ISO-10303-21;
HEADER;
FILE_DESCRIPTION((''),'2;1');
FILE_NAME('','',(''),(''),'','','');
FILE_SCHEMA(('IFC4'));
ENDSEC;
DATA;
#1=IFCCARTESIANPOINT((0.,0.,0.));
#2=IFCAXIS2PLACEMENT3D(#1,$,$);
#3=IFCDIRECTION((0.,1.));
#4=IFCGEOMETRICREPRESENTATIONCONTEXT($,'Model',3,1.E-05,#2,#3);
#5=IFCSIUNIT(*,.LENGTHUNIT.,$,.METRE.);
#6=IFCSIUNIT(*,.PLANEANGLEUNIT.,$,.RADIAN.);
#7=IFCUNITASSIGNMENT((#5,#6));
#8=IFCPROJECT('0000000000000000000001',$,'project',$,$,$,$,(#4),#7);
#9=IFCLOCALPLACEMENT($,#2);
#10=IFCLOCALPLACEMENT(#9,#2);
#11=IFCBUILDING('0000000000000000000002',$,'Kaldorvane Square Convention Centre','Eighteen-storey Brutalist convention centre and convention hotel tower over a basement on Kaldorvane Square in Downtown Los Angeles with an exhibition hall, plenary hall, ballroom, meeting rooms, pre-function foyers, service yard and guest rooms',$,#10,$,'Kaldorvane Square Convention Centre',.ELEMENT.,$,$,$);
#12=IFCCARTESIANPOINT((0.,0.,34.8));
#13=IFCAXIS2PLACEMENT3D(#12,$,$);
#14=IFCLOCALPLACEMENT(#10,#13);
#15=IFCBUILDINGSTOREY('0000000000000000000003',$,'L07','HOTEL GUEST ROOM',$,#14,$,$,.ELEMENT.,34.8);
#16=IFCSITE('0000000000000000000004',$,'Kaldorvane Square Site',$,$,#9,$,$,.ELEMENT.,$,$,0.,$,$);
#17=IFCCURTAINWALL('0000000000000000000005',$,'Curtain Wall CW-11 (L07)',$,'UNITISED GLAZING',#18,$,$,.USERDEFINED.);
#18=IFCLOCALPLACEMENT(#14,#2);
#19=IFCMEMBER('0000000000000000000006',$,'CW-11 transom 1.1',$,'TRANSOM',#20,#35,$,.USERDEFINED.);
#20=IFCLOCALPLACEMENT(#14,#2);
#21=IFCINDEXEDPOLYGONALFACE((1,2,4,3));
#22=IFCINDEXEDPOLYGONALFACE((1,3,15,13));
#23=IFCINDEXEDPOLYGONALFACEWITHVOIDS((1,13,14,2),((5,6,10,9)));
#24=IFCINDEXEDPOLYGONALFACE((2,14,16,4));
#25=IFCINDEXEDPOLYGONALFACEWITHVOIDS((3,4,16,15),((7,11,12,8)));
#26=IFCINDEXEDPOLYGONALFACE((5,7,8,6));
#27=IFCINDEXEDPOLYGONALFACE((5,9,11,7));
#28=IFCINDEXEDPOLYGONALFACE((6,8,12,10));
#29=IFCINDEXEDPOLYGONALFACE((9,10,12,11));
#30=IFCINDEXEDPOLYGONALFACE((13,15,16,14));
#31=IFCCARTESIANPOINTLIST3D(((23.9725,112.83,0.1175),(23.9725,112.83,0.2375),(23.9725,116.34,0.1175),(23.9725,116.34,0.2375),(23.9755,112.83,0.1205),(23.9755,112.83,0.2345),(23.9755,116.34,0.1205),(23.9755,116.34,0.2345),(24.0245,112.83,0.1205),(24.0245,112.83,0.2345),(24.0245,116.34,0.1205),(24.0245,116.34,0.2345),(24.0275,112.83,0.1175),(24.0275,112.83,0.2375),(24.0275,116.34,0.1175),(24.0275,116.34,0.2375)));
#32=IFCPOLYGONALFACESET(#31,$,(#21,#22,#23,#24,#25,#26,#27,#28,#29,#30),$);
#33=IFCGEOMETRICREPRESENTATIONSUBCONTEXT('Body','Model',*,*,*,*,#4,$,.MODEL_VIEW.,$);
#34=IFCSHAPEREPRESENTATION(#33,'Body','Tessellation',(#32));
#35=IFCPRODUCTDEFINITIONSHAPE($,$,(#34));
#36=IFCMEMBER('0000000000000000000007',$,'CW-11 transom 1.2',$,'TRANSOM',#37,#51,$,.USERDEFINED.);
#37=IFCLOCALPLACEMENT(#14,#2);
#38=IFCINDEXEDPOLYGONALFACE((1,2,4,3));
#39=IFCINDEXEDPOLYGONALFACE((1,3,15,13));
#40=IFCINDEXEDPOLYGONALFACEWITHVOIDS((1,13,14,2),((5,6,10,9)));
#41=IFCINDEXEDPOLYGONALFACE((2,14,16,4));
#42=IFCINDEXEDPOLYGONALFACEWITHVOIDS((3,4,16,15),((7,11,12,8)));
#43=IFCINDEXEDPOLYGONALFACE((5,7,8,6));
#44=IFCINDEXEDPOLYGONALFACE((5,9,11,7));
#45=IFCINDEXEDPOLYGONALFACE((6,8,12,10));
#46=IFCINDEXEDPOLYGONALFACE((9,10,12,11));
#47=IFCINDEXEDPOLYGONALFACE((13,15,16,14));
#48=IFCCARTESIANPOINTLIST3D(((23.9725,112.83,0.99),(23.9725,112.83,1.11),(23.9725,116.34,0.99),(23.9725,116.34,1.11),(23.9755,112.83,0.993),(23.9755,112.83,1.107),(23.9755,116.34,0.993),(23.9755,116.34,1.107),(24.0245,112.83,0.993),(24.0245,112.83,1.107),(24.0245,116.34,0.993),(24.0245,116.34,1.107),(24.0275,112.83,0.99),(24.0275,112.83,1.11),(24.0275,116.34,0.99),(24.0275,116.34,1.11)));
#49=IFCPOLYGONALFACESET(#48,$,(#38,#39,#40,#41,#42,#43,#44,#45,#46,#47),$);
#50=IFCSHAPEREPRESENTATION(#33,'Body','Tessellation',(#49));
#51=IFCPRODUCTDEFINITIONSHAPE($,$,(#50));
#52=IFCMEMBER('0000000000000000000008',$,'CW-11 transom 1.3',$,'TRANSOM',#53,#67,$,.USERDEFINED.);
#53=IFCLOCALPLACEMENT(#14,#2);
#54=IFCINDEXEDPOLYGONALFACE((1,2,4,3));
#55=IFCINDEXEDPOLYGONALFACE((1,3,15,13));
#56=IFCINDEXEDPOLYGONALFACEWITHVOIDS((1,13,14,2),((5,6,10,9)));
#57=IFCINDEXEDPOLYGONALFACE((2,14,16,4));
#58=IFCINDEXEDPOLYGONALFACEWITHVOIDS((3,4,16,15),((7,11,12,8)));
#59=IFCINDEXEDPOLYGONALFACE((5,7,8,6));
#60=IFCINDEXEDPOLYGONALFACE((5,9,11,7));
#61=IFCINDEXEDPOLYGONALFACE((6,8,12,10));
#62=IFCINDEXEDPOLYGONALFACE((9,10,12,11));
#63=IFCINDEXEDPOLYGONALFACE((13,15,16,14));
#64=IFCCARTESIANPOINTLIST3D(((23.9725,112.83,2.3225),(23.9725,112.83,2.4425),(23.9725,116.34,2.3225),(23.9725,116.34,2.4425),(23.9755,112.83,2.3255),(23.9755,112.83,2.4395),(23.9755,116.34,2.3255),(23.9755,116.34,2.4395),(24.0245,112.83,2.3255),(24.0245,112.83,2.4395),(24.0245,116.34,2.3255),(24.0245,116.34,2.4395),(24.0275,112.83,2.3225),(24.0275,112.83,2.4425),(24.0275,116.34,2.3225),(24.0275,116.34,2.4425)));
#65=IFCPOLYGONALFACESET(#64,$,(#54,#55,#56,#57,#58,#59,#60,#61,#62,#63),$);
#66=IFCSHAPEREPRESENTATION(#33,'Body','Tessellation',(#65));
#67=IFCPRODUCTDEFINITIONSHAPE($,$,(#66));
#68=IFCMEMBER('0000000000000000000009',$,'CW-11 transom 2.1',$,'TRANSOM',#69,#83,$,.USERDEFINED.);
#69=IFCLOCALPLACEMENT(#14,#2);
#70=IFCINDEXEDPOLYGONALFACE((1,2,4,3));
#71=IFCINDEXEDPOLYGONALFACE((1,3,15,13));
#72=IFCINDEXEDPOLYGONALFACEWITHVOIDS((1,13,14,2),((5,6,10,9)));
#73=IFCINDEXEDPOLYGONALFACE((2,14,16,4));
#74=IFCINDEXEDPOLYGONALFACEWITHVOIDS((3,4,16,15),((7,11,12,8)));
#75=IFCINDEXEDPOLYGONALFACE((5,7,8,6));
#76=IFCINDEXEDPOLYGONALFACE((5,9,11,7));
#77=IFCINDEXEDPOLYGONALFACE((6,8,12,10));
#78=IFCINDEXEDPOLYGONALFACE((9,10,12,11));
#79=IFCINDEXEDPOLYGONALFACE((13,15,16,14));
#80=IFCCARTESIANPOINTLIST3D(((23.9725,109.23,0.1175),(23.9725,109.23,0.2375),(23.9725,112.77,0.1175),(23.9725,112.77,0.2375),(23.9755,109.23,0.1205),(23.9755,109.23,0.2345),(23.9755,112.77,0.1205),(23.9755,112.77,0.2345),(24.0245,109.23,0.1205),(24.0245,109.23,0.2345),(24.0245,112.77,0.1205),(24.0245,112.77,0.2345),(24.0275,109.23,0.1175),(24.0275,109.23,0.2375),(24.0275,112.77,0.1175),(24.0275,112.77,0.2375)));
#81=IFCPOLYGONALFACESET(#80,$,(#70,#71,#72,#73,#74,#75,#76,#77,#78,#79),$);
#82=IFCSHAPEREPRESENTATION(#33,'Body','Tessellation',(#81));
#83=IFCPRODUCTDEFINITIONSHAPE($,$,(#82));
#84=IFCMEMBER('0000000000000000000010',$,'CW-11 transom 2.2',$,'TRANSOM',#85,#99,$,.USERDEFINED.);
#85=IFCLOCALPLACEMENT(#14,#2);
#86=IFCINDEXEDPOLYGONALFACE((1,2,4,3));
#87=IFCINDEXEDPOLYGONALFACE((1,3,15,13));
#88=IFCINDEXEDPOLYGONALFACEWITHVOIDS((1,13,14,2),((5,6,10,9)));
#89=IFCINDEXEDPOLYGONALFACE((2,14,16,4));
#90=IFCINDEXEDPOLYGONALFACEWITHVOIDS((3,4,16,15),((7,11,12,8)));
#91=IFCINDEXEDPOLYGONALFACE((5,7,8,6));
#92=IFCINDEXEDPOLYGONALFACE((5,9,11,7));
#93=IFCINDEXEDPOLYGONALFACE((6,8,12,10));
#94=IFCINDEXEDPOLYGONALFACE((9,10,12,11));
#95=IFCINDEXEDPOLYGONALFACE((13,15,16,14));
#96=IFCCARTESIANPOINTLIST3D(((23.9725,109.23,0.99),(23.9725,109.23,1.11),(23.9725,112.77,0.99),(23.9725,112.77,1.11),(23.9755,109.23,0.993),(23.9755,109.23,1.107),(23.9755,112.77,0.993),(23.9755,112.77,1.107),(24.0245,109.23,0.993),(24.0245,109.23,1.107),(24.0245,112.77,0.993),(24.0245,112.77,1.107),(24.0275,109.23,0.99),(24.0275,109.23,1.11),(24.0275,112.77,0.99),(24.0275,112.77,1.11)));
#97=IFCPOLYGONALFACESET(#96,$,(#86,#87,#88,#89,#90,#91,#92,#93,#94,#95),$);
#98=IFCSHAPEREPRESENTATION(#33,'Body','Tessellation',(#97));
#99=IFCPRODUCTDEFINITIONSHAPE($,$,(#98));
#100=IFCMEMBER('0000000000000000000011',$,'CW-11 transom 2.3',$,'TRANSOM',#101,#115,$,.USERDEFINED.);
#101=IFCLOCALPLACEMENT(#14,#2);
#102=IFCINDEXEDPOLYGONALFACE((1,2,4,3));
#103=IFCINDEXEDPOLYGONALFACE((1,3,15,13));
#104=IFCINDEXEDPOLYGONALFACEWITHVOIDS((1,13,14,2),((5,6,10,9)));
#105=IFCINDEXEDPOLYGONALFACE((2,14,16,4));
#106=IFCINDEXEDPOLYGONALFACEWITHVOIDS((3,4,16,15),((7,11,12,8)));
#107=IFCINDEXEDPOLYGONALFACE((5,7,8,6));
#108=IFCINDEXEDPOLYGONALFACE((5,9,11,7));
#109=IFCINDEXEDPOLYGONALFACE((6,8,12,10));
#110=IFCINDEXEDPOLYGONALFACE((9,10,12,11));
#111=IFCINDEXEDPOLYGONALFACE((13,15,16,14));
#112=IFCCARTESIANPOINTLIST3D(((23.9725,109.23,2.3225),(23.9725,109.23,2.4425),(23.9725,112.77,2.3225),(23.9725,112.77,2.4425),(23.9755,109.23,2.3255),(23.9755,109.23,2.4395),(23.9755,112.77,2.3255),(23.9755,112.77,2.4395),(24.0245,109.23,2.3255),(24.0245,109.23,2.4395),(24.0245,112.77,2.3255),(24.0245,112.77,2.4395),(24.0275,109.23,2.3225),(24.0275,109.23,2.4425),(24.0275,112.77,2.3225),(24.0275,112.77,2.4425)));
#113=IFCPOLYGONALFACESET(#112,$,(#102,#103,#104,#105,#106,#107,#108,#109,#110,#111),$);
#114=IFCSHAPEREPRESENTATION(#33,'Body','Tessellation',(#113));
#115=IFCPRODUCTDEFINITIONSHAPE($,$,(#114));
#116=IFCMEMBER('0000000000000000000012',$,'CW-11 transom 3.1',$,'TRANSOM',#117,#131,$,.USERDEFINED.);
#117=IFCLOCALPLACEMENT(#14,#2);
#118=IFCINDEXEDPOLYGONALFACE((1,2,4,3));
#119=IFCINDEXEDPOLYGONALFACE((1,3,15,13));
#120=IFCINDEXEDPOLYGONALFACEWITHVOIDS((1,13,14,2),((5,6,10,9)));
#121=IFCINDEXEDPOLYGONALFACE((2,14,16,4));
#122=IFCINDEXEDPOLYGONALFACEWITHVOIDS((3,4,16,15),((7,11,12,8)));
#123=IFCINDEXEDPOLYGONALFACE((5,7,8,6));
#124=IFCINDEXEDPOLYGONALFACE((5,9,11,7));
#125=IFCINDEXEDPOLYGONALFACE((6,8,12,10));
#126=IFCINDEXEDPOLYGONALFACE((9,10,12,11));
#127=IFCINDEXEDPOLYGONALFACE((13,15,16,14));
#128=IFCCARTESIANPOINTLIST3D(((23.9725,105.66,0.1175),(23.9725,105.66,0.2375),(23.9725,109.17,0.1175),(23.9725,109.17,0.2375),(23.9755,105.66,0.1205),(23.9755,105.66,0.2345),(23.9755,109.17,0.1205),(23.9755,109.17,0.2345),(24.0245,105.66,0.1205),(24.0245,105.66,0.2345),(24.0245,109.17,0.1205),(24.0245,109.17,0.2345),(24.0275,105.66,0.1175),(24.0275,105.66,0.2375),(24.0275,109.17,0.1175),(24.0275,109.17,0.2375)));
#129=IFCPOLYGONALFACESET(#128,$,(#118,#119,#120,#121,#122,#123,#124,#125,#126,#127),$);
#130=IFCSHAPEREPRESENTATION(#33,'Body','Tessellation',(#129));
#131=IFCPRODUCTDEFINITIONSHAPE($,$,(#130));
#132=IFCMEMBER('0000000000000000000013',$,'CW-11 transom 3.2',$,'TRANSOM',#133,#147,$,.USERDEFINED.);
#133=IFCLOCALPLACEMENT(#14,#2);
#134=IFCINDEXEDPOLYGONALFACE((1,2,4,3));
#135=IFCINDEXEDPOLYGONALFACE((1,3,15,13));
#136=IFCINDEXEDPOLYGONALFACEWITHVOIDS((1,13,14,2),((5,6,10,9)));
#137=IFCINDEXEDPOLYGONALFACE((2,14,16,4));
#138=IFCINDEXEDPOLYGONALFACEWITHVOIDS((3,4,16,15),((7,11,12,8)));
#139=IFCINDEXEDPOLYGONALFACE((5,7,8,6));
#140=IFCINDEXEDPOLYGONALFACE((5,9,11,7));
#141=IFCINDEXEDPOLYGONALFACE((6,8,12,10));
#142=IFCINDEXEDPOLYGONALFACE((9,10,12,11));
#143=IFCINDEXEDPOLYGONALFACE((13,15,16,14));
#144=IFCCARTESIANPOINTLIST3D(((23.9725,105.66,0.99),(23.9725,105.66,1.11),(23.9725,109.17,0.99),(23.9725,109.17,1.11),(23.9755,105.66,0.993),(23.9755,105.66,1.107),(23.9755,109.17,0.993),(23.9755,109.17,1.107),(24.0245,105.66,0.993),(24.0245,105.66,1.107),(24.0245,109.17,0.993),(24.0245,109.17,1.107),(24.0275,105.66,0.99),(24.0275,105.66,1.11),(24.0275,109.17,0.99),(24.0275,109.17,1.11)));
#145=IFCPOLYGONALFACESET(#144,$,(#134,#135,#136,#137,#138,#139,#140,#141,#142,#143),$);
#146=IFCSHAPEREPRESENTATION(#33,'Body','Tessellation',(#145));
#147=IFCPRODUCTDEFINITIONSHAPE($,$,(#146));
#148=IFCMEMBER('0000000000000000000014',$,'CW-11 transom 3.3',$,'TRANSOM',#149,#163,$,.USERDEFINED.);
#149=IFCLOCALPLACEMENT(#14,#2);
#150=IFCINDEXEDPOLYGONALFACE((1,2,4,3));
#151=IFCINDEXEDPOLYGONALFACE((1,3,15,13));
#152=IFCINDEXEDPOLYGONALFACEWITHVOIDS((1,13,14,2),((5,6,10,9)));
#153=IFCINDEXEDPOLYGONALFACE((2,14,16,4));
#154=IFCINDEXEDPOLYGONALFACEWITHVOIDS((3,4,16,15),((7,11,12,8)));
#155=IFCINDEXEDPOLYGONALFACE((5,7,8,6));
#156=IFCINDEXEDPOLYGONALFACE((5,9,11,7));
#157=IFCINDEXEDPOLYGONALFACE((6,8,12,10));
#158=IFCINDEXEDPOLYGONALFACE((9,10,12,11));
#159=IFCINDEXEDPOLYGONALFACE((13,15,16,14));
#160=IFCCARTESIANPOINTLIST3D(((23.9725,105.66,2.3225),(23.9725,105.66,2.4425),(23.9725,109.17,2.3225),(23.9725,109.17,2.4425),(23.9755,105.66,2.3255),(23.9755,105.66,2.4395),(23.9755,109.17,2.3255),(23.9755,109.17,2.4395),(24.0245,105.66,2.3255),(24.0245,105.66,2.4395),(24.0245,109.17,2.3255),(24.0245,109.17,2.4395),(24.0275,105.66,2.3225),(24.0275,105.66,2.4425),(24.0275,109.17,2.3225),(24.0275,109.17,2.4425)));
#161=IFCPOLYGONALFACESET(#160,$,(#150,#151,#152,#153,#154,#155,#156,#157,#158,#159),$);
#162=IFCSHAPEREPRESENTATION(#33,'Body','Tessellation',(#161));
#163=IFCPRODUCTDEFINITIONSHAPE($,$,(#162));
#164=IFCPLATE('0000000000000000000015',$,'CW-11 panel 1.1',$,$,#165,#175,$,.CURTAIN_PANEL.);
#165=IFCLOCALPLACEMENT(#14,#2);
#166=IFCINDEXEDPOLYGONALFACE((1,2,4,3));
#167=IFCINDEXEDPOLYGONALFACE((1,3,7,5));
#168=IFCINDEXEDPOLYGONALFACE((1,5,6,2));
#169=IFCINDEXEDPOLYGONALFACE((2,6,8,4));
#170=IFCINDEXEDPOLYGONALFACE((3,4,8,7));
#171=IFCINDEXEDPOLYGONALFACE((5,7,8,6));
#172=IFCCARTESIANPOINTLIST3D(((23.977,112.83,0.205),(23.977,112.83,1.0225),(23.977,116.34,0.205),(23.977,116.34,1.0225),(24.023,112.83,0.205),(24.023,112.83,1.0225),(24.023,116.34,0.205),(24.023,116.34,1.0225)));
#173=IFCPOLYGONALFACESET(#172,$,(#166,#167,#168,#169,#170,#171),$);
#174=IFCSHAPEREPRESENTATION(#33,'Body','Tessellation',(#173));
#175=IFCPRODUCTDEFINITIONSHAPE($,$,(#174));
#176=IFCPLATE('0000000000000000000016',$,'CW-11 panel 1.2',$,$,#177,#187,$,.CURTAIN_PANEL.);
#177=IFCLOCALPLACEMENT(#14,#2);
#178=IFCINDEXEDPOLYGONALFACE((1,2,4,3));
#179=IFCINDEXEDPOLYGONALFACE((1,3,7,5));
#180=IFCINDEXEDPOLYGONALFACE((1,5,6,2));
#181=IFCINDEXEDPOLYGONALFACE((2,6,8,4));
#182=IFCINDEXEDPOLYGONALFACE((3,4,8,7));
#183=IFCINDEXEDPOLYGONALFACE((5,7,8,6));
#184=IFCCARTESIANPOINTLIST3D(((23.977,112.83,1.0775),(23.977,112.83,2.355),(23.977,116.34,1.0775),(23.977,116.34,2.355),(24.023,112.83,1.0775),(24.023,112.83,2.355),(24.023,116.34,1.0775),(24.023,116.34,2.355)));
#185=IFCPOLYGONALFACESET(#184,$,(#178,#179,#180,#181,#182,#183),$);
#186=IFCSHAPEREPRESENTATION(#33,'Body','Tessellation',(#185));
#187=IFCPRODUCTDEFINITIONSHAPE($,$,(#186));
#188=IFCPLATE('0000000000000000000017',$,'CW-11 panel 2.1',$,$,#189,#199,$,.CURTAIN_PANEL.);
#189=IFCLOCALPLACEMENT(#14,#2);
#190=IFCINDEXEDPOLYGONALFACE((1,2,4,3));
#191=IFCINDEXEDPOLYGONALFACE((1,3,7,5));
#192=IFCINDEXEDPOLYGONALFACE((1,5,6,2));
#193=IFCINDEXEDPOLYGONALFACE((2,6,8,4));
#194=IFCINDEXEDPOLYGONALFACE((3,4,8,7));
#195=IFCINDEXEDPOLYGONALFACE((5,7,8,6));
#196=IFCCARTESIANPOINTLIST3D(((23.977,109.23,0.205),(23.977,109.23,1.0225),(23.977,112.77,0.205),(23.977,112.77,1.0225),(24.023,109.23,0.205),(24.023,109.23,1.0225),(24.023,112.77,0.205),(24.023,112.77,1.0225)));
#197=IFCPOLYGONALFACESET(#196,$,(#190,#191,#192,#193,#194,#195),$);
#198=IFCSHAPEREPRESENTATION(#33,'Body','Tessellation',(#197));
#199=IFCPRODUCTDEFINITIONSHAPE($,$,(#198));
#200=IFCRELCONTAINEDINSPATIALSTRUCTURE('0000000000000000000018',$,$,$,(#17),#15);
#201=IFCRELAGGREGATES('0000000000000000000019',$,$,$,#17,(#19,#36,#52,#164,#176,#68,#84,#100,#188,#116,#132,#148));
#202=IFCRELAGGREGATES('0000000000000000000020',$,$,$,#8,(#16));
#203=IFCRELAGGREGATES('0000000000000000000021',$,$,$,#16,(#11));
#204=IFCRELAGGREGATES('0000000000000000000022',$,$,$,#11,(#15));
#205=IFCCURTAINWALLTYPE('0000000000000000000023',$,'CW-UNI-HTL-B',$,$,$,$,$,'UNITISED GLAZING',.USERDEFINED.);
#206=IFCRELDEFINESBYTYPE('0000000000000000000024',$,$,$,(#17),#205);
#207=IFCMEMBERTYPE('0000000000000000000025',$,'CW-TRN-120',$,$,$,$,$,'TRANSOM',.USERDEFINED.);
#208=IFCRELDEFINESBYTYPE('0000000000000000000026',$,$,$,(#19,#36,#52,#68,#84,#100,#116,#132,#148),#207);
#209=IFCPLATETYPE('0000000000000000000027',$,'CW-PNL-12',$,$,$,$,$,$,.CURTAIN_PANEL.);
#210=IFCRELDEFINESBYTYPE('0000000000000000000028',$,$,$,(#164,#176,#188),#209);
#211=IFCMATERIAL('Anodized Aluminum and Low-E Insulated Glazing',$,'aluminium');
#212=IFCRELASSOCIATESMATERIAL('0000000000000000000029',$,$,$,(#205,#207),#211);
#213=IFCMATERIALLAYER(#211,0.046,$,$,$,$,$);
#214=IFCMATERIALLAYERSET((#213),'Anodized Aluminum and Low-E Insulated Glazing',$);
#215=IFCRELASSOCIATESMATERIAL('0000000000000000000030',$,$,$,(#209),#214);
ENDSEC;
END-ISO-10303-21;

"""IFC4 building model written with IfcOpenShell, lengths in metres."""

from ifc_helpers import new_model, si_unit, direction, frame, origin, origin_2d, place, context, subcontext, project, spatial, rectangle, hollow_rectangle, extrude, material, layer, layer_set, material_profile, profile_set, type_object, element, aggregate, save


model = new_model("IFC4")

# Units and contexts
model_context = context("Model", 3, precision=1e-05, world=origin(), true_north=direction((0.0, 1.0)))
body_context = subcontext(model_context, "Body", "Model", "MODEL_VIEW")
ifc_project = project(units=[si_unit("LENGTHUNIT", "METRE"), si_unit("PLANEANGLEUNIT", "RADIAN")], contexts=[model_context])

# Site, building, storey
site_placement = place(None, origin())
site = spatial("IfcSite", under=ifc_project, at=site_placement, Name="Kaldorvane Square Site", CompositionType="ELEMENT", RefElevation=0.0)
building_placement = place(site_placement, origin())
building = spatial("IfcBuilding", under=site, at=building_placement, Name="Kaldorvane Square Convention Centre", Description="Eighteen-storey Brutalist convention centre and convention hotel tower over a basement on Kaldorvane Square in Downtown Los Angeles with an exhibition hall, plenary hall, ballroom, meeting rooms, pre-function foyers, service yard and guest rooms", LongName="Kaldorvane Square Convention Centre", CompositionType="ELEMENT")
storey_placement = place(building_placement, frame((0.0, 0.0, 34.8)))
storey = spatial("IfcBuildingStorey", under=building, at=storey_placement, Name="L07", Description="HOTEL GUEST ROOM", CompositionType="ELEMENT", Elevation=34.8)

# Curtain wall, members, plates
ifc_material_1 = material(Name="Anodized Aluminum and Low-E Insulated Glazing", Category="aluminium")
curtain_wall_type = type_object("IfcCurtainWallType", Name="CW-UNI-HTL-B", ElementType="UNITISED GLAZING", PredefinedType="USERDEFINED", material=ifc_material_1)
curtain_wall_placement = place(storey_placement, origin())
curtain_wall = element("IfcCurtainWall", 1, at=curtain_wall_placement, inside=storey, type_object=curtain_wall_type, Name="Curtain Wall CW-11 (L07)", ObjectType="UNITISED GLAZING", PredefinedType="USERDEFINED")
ifc_material_profile_1 = material_profile(ifc_material_1, hollow_rectangle(XDim=0.055, YDim=0.12, WallThickness=0.003, at=origin_2d()), Name="CWT-120X55")
ifc_profile_set_1 = profile_set([ifc_material_profile_1], Name="Anodized Aluminum and Low-E Insulated Glazing")
member_type_1 = type_object("IfcMemberType", Name="CW-TRN-120", ElementType="TRANSOM", PredefinedType="USERDEFINED", material=ifc_profile_set_1)
member_1_placement = place(storey_placement, frame((24.0, 116.34, 0.1775), z_axis=(0.0, -1.0, 0.0), x_axis=(1.0, 0.0, 0.0)))
member_1 = element("IfcMember", 2, at=member_1_placement, type_object=member_type_1, Name="CW-11 transom 1.1", ObjectType="TRANSOM", PredefinedType="USERDEFINED", context=body_context, shape_type="SweptSolid", body=[
    extrude(hollow_rectangle(XDim=0.055, YDim=0.12, WallThickness=0.003, at=origin_2d()), origin(), (0.0, 0.0, 1.0), 3.51),
])
member_2_placement = place(storey_placement, frame((24.0, 116.34, 1.05), z_axis=(0.0, -1.0, 0.0), x_axis=(1.0, 0.0, 0.0)))
member_2 = element("IfcMember", 3, at=member_2_placement, type_object=member_type_1, Name="CW-11 transom 1.2", ObjectType="TRANSOM", PredefinedType="USERDEFINED", context=body_context, shape_type="SweptSolid", body=[
    extrude(hollow_rectangle(XDim=0.055, YDim=0.12, WallThickness=0.003, at=origin_2d()), origin(), (0.0, 0.0, 1.0), 3.51),
])
member_3_placement = place(storey_placement, frame((24.0, 116.34, 2.3825), z_axis=(0.0, -1.0, 0.0), x_axis=(1.0, 0.0, 0.0)))
member_3 = element("IfcMember", 4, at=member_3_placement, type_object=member_type_1, Name="CW-11 transom 1.3", ObjectType="TRANSOM", PredefinedType="USERDEFINED", context=body_context, shape_type="SweptSolid", body=[
    extrude(hollow_rectangle(XDim=0.055, YDim=0.12, WallThickness=0.003, at=origin_2d()), origin(), (0.0, 0.0, 1.0), 3.51),
])
member_4_placement = place(storey_placement, frame((24.0, 112.77, 0.1775), z_axis=(0.0, -1.0, 0.0), x_axis=(1.0, 0.0, 0.0)))
member_4 = element("IfcMember", 5, at=member_4_placement, type_object=member_type_1, Name="CW-11 transom 2.1", ObjectType="TRANSOM", PredefinedType="USERDEFINED", context=body_context, shape_type="SweptSolid", body=[
    extrude(hollow_rectangle(XDim=0.055, YDim=0.12, WallThickness=0.003, at=origin_2d()), origin(), (0.0, 0.0, 1.0), 3.54),
])
member_5_placement = place(storey_placement, frame((24.0, 112.77, 1.05), z_axis=(0.0, -1.0, 0.0), x_axis=(1.0, 0.0, 0.0)))
member_5 = element("IfcMember", 6, at=member_5_placement, type_object=member_type_1, Name="CW-11 transom 2.2", ObjectType="TRANSOM", PredefinedType="USERDEFINED", context=body_context, shape_type="SweptSolid", body=[
    extrude(hollow_rectangle(XDim=0.055, YDim=0.12, WallThickness=0.003, at=origin_2d()), origin(), (0.0, 0.0, 1.0), 3.54),
])
member_6_placement = place(storey_placement, frame((24.0, 112.77, 2.3825), z_axis=(0.0, -1.0, 0.0), x_axis=(1.0, 0.0, 0.0)))
member_6 = element("IfcMember", 7, at=member_6_placement, type_object=member_type_1, Name="CW-11 transom 2.3", ObjectType="TRANSOM", PredefinedType="USERDEFINED", context=body_context, shape_type="SweptSolid", body=[
    extrude(hollow_rectangle(XDim=0.055, YDim=0.12, WallThickness=0.003, at=origin_2d()), origin(), (0.0, 0.0, 1.0), 3.54),
])
member_7_placement = place(storey_placement, frame((24.0, 109.17, 0.1775), z_axis=(0.0, -1.0, 0.0), x_axis=(1.0, 0.0, 0.0)))
member_7 = element("IfcMember", 8, at=member_7_placement, type_object=member_type_1, Name="CW-11 transom 3.1", ObjectType="TRANSOM", PredefinedType="USERDEFINED", context=body_context, shape_type="SweptSolid", body=[
    extrude(hollow_rectangle(XDim=0.055, YDim=0.12, WallThickness=0.003, at=origin_2d()), origin(), (0.0, 0.0, 1.0), 3.51),
])
member_8_placement = place(storey_placement, frame((24.0, 109.17, 1.05), z_axis=(0.0, -1.0, 0.0), x_axis=(1.0, 0.0, 0.0)))
member_8 = element("IfcMember", 9, at=member_8_placement, type_object=member_type_1, Name="CW-11 transom 3.2", ObjectType="TRANSOM", PredefinedType="USERDEFINED", context=body_context, shape_type="SweptSolid", body=[
    extrude(hollow_rectangle(XDim=0.055, YDim=0.12, WallThickness=0.003, at=origin_2d()), origin(), (0.0, 0.0, 1.0), 3.51),
])
member_9_placement = place(storey_placement, frame((24.0, 109.17, 2.3825), z_axis=(0.0, -1.0, 0.0), x_axis=(1.0, 0.0, 0.0)))
member_9 = element("IfcMember", 10, at=member_9_placement, type_object=member_type_1, Name="CW-11 transom 3.3", ObjectType="TRANSOM", PredefinedType="USERDEFINED", context=body_context, shape_type="SweptSolid", body=[
    extrude(hollow_rectangle(XDim=0.055, YDim=0.12, WallThickness=0.003, at=origin_2d()), origin(), (0.0, 0.0, 1.0), 3.51),
])
ifc_layer_1 = layer(ifc_material_1, 0.046)
ifc_layer_set_1 = layer_set([ifc_layer_1], Name="Anodized Aluminum and Low-E Insulated Glazing")
plate_type = type_object("IfcPlateType", Name="CW-PNL-12", PredefinedType="CURTAIN_PANEL", material=ifc_layer_set_1)
plate_1_placement = place(storey_placement, frame((24.0, 114.585, 0.205), z_axis=(0.0, 0.0, 1.0), x_axis=(0.0, -1.0, 0.0)))
plate_1 = element("IfcPlate", 11, at=plate_1_placement, type_object=plate_type, Name="CW-11 panel 1.1", PredefinedType="CURTAIN_PANEL", context=body_context, shape_type="SweptSolid", body=[
    extrude(rectangle(XDim=3.51, YDim=0.046, at=origin_2d()), origin(), (0.0, 0.0, 1.0), 0.8175),
])
plate_2_placement = place(storey_placement, frame((24.0, 114.585, 1.0775), z_axis=(0.0, 0.0, 1.0), x_axis=(0.0, -1.0, 0.0)))
plate_2 = element("IfcPlate", 12, at=plate_2_placement, type_object=plate_type, Name="CW-11 panel 1.2", PredefinedType="CURTAIN_PANEL", context=body_context, shape_type="SweptSolid", body=[
    extrude(rectangle(XDim=3.51, YDim=0.046, at=origin_2d()), origin(), (0.0, 0.0, 1.0), 1.2775),
])
plate_3_placement = place(storey_placement, frame((24.0, 111.0, 0.205), z_axis=(0.0, 0.0, 1.0), x_axis=(0.0, -1.0, 0.0)))
plate_3 = element("IfcPlate", 13, at=plate_3_placement, type_object=plate_type, Name="CW-11 panel 2.1", PredefinedType="CURTAIN_PANEL", context=body_context, shape_type="SweptSolid", body=[
    extrude(rectangle(XDim=3.54, YDim=0.046, at=origin_2d()), origin(), (0.0, 0.0, 1.0), 0.8175),
])
aggregate(curtain_wall, [member_1, member_2, member_3, plate_1, plate_2, member_4, member_5, member_6, plate_3, member_7, member_8, member_9])

save(model, "model.ifc")
